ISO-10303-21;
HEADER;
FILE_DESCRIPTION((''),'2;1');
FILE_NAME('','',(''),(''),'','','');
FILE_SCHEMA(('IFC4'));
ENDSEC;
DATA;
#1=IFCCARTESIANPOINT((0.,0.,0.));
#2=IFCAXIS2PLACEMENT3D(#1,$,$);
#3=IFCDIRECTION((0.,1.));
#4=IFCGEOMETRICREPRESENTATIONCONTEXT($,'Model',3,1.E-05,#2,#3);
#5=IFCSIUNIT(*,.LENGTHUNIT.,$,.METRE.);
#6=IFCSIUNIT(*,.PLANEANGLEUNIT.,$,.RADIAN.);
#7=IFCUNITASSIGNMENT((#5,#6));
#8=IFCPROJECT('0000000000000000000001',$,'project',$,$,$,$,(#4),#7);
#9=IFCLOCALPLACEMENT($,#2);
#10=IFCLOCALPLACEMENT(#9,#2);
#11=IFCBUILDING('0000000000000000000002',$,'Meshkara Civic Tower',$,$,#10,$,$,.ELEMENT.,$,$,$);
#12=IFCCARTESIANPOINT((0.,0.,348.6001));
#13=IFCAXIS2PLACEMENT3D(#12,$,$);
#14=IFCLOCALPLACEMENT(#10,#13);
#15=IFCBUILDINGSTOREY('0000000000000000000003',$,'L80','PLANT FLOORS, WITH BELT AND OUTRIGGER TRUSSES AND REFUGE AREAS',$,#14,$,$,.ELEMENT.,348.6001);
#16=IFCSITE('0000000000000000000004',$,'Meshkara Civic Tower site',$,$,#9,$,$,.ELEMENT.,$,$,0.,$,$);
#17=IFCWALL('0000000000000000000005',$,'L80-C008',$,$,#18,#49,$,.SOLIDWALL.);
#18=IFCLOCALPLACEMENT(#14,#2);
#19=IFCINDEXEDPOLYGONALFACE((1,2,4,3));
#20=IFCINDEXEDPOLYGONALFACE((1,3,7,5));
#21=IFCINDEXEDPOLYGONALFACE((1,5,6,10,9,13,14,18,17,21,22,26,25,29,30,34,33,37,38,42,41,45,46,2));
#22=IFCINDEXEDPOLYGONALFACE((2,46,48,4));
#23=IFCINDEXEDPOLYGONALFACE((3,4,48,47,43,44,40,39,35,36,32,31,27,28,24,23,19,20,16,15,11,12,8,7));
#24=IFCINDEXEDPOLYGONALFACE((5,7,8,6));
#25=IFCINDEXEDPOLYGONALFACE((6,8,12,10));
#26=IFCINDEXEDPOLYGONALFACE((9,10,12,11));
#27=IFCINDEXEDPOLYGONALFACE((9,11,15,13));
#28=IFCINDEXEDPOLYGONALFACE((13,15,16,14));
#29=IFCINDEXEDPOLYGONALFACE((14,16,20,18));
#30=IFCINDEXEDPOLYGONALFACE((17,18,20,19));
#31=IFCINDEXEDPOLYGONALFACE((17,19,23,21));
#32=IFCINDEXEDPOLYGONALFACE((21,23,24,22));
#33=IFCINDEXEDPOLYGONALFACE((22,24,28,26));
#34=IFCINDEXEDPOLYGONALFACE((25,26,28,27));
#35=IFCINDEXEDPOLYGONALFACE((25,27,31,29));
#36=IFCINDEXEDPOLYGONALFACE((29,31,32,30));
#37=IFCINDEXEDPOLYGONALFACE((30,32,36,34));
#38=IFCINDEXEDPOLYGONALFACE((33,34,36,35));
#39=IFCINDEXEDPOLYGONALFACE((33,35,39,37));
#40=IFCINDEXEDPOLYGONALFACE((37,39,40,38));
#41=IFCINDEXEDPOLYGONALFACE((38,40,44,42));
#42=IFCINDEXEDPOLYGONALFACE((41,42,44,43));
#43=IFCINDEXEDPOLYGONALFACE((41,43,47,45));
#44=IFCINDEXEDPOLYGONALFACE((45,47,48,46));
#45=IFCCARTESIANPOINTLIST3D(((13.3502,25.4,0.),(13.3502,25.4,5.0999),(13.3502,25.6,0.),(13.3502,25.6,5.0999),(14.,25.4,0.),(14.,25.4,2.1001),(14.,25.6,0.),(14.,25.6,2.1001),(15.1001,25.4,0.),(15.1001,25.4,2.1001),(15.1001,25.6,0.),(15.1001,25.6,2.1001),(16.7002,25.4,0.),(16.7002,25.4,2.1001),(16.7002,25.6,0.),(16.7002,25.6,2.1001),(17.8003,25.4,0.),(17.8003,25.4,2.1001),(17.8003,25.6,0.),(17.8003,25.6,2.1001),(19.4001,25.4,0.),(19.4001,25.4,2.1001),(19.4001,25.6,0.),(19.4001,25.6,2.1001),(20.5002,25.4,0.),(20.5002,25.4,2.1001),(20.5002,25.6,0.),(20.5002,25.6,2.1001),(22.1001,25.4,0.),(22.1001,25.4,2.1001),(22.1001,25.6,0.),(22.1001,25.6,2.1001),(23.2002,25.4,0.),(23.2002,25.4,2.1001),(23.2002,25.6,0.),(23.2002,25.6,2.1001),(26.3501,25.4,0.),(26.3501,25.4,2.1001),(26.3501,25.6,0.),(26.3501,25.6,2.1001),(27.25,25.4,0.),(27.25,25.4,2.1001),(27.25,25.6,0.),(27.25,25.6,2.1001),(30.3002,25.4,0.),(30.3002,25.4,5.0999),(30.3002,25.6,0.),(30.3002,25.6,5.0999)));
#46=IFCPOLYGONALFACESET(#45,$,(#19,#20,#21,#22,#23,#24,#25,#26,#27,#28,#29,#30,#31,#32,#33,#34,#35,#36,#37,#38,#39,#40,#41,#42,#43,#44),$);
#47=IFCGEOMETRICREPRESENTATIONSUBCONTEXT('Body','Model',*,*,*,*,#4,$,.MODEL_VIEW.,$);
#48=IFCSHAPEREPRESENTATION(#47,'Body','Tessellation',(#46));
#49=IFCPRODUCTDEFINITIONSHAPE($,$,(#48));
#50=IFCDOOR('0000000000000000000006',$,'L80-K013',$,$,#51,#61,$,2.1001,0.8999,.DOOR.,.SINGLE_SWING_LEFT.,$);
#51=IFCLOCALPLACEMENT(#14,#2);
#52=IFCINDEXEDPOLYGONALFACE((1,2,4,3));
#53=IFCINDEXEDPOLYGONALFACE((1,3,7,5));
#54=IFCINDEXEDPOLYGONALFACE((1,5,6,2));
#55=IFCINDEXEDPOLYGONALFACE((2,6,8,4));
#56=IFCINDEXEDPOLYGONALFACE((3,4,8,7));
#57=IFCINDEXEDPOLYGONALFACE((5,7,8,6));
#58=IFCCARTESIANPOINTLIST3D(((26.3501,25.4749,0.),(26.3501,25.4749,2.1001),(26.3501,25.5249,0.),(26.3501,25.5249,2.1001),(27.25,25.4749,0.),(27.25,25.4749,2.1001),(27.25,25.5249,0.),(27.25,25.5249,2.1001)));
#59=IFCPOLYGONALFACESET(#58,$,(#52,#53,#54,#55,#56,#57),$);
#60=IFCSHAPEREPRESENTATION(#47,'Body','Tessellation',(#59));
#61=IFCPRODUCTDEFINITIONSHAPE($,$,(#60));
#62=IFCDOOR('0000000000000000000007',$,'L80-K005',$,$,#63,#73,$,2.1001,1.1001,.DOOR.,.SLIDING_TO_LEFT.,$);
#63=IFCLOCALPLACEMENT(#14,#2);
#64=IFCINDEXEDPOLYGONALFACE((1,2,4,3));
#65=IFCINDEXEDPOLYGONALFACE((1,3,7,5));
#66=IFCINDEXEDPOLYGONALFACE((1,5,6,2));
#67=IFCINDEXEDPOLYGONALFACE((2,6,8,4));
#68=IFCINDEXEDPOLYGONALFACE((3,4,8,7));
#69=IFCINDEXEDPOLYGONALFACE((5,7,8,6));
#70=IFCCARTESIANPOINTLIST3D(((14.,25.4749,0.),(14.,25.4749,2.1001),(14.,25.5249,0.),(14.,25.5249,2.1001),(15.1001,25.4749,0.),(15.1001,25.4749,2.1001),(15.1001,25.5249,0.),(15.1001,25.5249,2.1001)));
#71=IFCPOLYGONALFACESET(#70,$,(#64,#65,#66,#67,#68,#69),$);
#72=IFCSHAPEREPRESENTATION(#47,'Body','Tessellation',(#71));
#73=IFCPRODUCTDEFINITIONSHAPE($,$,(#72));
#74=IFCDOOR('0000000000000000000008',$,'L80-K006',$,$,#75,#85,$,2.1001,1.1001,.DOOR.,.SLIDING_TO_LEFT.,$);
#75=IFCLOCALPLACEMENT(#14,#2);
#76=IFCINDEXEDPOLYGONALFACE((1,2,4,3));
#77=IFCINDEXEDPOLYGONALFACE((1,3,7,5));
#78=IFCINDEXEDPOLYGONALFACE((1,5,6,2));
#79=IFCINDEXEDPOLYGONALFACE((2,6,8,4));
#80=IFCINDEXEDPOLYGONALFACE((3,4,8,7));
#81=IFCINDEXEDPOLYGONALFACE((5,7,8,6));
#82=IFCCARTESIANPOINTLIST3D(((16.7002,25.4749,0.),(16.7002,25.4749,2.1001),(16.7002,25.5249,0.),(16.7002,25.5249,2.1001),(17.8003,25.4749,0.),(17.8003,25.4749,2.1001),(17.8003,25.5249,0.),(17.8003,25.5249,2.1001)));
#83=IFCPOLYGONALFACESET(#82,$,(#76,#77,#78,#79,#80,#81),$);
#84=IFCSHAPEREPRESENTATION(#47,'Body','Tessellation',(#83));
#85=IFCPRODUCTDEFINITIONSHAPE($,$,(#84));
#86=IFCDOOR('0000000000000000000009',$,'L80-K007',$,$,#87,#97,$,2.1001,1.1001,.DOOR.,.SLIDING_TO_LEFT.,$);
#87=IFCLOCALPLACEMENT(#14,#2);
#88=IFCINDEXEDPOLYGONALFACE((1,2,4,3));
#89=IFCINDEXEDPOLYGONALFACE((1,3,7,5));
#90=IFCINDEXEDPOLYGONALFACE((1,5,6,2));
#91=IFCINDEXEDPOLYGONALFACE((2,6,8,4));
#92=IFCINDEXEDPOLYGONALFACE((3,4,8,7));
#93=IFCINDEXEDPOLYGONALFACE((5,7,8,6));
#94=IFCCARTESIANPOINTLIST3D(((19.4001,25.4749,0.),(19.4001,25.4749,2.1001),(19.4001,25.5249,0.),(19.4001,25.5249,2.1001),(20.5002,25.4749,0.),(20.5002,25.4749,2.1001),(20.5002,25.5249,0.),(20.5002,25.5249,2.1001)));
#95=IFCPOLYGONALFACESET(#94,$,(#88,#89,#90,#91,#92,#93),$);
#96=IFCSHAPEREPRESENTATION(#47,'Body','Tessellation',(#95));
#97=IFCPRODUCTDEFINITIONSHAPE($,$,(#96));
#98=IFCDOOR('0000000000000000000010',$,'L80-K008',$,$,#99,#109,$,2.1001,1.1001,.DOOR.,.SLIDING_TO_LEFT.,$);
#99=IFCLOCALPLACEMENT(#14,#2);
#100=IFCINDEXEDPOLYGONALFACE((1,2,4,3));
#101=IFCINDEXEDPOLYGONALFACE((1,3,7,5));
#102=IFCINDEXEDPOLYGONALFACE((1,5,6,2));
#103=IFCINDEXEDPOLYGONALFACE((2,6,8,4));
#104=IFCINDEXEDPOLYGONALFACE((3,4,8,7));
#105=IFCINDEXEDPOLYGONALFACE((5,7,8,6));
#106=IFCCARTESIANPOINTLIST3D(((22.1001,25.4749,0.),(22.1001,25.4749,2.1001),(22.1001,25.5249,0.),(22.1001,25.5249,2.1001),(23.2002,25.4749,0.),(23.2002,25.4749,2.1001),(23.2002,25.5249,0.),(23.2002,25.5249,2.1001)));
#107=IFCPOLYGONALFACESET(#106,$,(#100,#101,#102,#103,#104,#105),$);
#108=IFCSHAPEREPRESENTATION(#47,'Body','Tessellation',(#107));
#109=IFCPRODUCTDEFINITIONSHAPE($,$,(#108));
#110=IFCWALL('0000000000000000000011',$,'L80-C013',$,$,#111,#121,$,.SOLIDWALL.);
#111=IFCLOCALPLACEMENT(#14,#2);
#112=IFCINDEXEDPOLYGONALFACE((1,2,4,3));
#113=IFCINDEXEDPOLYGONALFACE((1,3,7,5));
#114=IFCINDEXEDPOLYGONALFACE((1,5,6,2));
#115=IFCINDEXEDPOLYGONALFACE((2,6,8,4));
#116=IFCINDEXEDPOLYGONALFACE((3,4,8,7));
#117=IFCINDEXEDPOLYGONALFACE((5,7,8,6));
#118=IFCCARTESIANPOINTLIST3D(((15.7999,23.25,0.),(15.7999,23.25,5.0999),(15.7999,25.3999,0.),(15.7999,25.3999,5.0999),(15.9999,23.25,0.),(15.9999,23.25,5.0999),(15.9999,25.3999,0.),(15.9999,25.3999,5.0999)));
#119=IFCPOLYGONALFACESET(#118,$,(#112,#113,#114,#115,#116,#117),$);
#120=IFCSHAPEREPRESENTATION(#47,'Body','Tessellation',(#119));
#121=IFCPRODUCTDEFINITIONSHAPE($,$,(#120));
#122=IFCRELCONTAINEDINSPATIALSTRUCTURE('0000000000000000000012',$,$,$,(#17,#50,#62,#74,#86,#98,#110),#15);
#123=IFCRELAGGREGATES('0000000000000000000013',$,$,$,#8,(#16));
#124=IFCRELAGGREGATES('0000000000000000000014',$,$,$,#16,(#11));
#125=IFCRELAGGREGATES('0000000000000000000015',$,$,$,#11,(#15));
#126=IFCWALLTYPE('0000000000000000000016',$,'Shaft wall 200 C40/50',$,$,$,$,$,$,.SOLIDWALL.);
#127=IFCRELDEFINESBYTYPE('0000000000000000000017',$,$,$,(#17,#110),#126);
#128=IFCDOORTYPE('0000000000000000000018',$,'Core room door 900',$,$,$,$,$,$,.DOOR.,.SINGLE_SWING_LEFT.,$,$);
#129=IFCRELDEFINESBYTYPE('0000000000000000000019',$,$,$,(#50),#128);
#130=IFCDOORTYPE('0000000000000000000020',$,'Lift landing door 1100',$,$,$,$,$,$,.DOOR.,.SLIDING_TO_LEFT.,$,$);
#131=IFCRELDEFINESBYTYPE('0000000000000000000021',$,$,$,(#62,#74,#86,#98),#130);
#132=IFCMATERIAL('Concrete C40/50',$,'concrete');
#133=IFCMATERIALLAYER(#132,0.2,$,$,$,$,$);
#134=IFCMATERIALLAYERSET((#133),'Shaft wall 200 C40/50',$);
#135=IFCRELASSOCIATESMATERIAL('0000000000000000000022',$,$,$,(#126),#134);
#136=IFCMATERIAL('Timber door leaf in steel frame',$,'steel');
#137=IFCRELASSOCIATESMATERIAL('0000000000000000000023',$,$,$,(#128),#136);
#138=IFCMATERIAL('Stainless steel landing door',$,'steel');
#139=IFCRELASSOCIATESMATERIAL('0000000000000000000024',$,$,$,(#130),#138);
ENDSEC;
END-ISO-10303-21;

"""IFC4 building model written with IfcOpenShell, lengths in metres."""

from ifc_helpers import new_model, si_unit, direction, frame, frame_2d, origin, place, context, subcontext, project, spatial, rectangle, extrude, material, layer, layer_set, type_object, element, fill, save


model = new_model("IFC4")

# Units and contexts
model_context = context("Model", 3, precision=1e-05, world=origin(), true_north=direction((0.0, 1.0)))
body_context = subcontext(model_context, "Body", "Model", "MODEL_VIEW")
ifc_project = project(units=[si_unit("LENGTHUNIT", "METRE"), si_unit("PLANEANGLEUNIT", "RADIAN")], contexts=[model_context])

# Site, building, storey
site_placement = place(None, origin())
site = spatial("IfcSite", under=ifc_project, at=site_placement, Name="Meshkara Civic Tower site", CompositionType="ELEMENT", RefElevation=0.0)
building_placement = place(site_placement, origin())
building = spatial("IfcBuilding", under=site, at=building_placement, Name="Meshkara Civic Tower", CompositionType="ELEMENT")
storey_placement = place(building_placement, frame((0.0, 0.0, 348.6001)))
storey = spatial("IfcBuildingStorey", under=building, at=storey_placement, Name="L80", Description="PLANT FLOORS, WITH BELT AND OUTRIGGER TRUSSES AND REFUGE AREAS", CompositionType="ELEMENT", Elevation=348.6001)

# Wall, openings, doors
ifc_material_1 = material(Name="Concrete C40/50", Category="concrete")
ifc_layer_1 = layer(ifc_material_1, 0.2)
ifc_layer_set_1 = layer_set([ifc_layer_1], Name="Shaft wall 200 C40/50")
wall_type_1 = type_object("IfcWallType", Name="Shaft wall 200 C40/50", PredefinedType="SOLIDWALL", material=ifc_layer_set_1)
wall_1_placement = place(storey_placement, frame((13.3501, 25.5, 0.0), z_axis=(0.0, 0.0, 1.0), x_axis=(1.0, 0.0, 0.0)))
wall_1 = element("IfcWall", 1, at=wall_1_placement, inside=storey, type_object=wall_type_1, Name="L80-C008", PredefinedType="SOLIDWALL", context=body_context, shape_type="SweptSolid", body=[
    extrude(rectangle(XDim=16.95, YDim=0.2, at=frame_2d((8.4751, 0.0))), origin(), (0.0, 0.0, 1.0), 5.0999),
])
opening_1_placement = place(wall_1_placement, frame((0.6499, 0.0, 0.0)))
opening_1 = element("IfcOpeningElement", 2, at=opening_1_placement, cuts=wall_1, PredefinedType="OPENING", context=body_context, shape_type="SweptSolid", body=[
    extrude(rectangle(XDim=1.1001, YDim=2.1001, at=frame_2d((0.55, 1.05))), frame((0.0, 0.1099, 0.0), z_axis=(0.0, -1.0, 0.0), x_axis=(1.0, 0.0, 0.0)), (0.0, 0.0, 1.0), 0.22),
])
opening_2_placement = place(wall_1_placement, frame((3.3501, 0.0, 0.0)))
opening_2 = element("IfcOpeningElement", 3, at=opening_2_placement, cuts=wall_1, PredefinedType="OPENING", context=body_context, shape_type="SweptSolid", body=[
    extrude(rectangle(XDim=1.1001, YDim=2.1001, at=frame_2d((0.55, 1.05))), frame((0.0, 0.1099, 0.0), z_axis=(0.0, -1.0, 0.0), x_axis=(1.0, 0.0, 0.0)), (0.0, 0.0, 1.0), 0.22),
])
opening_3_placement = place(wall_1_placement, frame((6.05, 0.0, 0.0)))
opening_3 = element("IfcOpeningElement", 4, at=opening_3_placement, cuts=wall_1, PredefinedType="OPENING", context=body_context, shape_type="SweptSolid", body=[
    extrude(rectangle(XDim=1.1001, YDim=2.1001, at=frame_2d((0.55, 1.05))), frame((0.0, 0.1099, 0.0), z_axis=(0.0, -1.0, 0.0), x_axis=(1.0, 0.0, 0.0)), (0.0, 0.0, 1.0), 0.22),
])
opening_4_placement = place(wall_1_placement, frame((8.75, 0.0, 0.0)))
opening_4 = element("IfcOpeningElement", 5, at=opening_4_placement, cuts=wall_1, PredefinedType="OPENING", context=body_context, shape_type="SweptSolid", body=[
    extrude(rectangle(XDim=1.1001, YDim=2.1001, at=frame_2d((0.55, 1.05))), frame((0.0, 0.1099, 0.0), z_axis=(0.0, -1.0, 0.0), x_axis=(1.0, 0.0, 0.0)), (0.0, 0.0, 1.0), 0.22),
])
opening_5_placement = place(wall_1_placement, frame((13.0, 0.0, 0.0)))
opening_5 = element("IfcOpeningElement", 6, at=opening_5_placement, cuts=wall_1, PredefinedType="OPENING", context=body_context, shape_type="SweptSolid", body=[
    extrude(rectangle(XDim=0.8999, YDim=2.1001, at=frame_2d((0.45, 1.05))), frame((0.0, 0.1099, 0.0), z_axis=(0.0, -1.0, 0.0), x_axis=(1.0, 0.0, 0.0)), (0.0, 0.0, 1.0), 0.22),
])
ifc_material_2 = material(Name="Timber door leaf in steel frame", Category="steel")
door_type_1 = type_object("IfcDoorType", Name="Core room door 900", OperationType="SINGLE_SWING_LEFT", PredefinedType="DOOR", material=ifc_material_2)
door_1_placement = place(opening_5_placement, origin())
door_1 = element("IfcDoor", 7, at=door_1_placement, inside=storey, type_object=door_type_1, Name="L80-K013", OperationType="SINGLE_SWING_LEFT", OverallHeight=2.1001, OverallWidth=0.8999, PredefinedType="DOOR", context=body_context, shape_type="SweptSolid", body=[
    extrude(rectangle(XDim=0.8999, YDim=2.1001, at=frame_2d((0.45, 1.05))), frame((0.0, 0.0249, 0.0), z_axis=(0.0, -1.0, 0.0), x_axis=(1.0, 0.0, 0.0)), (0.0, 0.0, 1.0), 0.05),
])
fill(opening_5, door_1)
ifc_material_3 = material(Name="Stainless steel landing door", Category="steel")
door_type_2 = type_object("IfcDoorType", Name="Lift landing door 1100", OperationType="SLIDING_TO_LEFT", PredefinedType="DOOR", material=ifc_material_3)
door_2_placement = place(opening_1_placement, origin())
door_2 = element("IfcDoor", 8, at=door_2_placement, inside=storey, type_object=door_type_2, Name="L80-K005", OperationType="SLIDING_TO_LEFT", OverallHeight=2.1001, OverallWidth=1.1001, PredefinedType="DOOR", context=body_context, shape_type="SweptSolid", body=[
    extrude(rectangle(XDim=1.1001, YDim=2.1001, at=frame_2d((0.55, 1.05))), frame((0.0, 0.0249, 0.0), z_axis=(0.0, -1.0, 0.0), x_axis=(1.0, 0.0, 0.0)), (0.0, 0.0, 1.0), 0.05),
])
fill(opening_1, door_2)
door_3_placement = place(opening_2_placement, origin())
door_3 = element("IfcDoor", 9, at=door_3_placement, inside=storey, type_object=door_type_2, Name="L80-K006", OperationType="SLIDING_TO_LEFT", OverallHeight=2.1001, OverallWidth=1.1001, PredefinedType="DOOR", context=body_context, shape_type="SweptSolid", body=[
    extrude(rectangle(XDim=1.1001, YDim=2.1001, at=frame_2d((0.55, 1.05))), frame((0.0, 0.0249, 0.0), z_axis=(0.0, -1.0, 0.0), x_axis=(1.0, 0.0, 0.0)), (0.0, 0.0, 1.0), 0.05),
])
fill(opening_2, door_3)
door_4_placement = place(opening_3_placement, origin())
door_4 = element("IfcDoor", 10, at=door_4_placement, inside=storey, type_object=door_type_2, Name="L80-K007", OperationType="SLIDING_TO_LEFT", OverallHeight=2.1001, OverallWidth=1.1001, PredefinedType="DOOR", context=body_context, shape_type="SweptSolid", body=[
    extrude(rectangle(XDim=1.1001, YDim=2.1001, at=frame_2d((0.55, 1.05))), frame((0.0, 0.0249, 0.0), z_axis=(0.0, -1.0, 0.0), x_axis=(1.0, 0.0, 0.0)), (0.0, 0.0, 1.0), 0.05),
])
fill(opening_3, door_4)
door_5_placement = place(opening_4_placement, origin())
door_5 = element("IfcDoor", 11, at=door_5_placement, inside=storey, type_object=door_type_2, Name="L80-K008", OperationType="SLIDING_TO_LEFT", OverallHeight=2.1001, OverallWidth=1.1001, PredefinedType="DOOR", context=body_context, shape_type="SweptSolid", body=[
    extrude(rectangle(XDim=1.1001, YDim=2.1001, at=frame_2d((0.55, 1.05))), frame((0.0, 0.0249, 0.0), z_axis=(0.0, -1.0, 0.0), x_axis=(1.0, 0.0, 0.0)), (0.0, 0.0, 1.0), 0.05),
])
fill(opening_4, door_5)

# Wall
wall_2_placement = place(storey_placement, frame((15.8999, 23.25, 0.0), z_axis=(0.0, 0.0, 1.0), x_axis=(0.0, 1.0, 0.0)))
element("IfcWall", 12, at=wall_2_placement, inside=storey, type_object=wall_type_1, Name="L80-C013", PredefinedType="SOLIDWALL", context=body_context, shape_type="SweptSolid", body=[
    extrude(rectangle(XDim=2.1499, YDim=0.2, at=frame_2d((1.075, 0.0))), origin(), (0.0, 0.0, 1.0), 5.0999),
])

save(model, "model.ifc")
